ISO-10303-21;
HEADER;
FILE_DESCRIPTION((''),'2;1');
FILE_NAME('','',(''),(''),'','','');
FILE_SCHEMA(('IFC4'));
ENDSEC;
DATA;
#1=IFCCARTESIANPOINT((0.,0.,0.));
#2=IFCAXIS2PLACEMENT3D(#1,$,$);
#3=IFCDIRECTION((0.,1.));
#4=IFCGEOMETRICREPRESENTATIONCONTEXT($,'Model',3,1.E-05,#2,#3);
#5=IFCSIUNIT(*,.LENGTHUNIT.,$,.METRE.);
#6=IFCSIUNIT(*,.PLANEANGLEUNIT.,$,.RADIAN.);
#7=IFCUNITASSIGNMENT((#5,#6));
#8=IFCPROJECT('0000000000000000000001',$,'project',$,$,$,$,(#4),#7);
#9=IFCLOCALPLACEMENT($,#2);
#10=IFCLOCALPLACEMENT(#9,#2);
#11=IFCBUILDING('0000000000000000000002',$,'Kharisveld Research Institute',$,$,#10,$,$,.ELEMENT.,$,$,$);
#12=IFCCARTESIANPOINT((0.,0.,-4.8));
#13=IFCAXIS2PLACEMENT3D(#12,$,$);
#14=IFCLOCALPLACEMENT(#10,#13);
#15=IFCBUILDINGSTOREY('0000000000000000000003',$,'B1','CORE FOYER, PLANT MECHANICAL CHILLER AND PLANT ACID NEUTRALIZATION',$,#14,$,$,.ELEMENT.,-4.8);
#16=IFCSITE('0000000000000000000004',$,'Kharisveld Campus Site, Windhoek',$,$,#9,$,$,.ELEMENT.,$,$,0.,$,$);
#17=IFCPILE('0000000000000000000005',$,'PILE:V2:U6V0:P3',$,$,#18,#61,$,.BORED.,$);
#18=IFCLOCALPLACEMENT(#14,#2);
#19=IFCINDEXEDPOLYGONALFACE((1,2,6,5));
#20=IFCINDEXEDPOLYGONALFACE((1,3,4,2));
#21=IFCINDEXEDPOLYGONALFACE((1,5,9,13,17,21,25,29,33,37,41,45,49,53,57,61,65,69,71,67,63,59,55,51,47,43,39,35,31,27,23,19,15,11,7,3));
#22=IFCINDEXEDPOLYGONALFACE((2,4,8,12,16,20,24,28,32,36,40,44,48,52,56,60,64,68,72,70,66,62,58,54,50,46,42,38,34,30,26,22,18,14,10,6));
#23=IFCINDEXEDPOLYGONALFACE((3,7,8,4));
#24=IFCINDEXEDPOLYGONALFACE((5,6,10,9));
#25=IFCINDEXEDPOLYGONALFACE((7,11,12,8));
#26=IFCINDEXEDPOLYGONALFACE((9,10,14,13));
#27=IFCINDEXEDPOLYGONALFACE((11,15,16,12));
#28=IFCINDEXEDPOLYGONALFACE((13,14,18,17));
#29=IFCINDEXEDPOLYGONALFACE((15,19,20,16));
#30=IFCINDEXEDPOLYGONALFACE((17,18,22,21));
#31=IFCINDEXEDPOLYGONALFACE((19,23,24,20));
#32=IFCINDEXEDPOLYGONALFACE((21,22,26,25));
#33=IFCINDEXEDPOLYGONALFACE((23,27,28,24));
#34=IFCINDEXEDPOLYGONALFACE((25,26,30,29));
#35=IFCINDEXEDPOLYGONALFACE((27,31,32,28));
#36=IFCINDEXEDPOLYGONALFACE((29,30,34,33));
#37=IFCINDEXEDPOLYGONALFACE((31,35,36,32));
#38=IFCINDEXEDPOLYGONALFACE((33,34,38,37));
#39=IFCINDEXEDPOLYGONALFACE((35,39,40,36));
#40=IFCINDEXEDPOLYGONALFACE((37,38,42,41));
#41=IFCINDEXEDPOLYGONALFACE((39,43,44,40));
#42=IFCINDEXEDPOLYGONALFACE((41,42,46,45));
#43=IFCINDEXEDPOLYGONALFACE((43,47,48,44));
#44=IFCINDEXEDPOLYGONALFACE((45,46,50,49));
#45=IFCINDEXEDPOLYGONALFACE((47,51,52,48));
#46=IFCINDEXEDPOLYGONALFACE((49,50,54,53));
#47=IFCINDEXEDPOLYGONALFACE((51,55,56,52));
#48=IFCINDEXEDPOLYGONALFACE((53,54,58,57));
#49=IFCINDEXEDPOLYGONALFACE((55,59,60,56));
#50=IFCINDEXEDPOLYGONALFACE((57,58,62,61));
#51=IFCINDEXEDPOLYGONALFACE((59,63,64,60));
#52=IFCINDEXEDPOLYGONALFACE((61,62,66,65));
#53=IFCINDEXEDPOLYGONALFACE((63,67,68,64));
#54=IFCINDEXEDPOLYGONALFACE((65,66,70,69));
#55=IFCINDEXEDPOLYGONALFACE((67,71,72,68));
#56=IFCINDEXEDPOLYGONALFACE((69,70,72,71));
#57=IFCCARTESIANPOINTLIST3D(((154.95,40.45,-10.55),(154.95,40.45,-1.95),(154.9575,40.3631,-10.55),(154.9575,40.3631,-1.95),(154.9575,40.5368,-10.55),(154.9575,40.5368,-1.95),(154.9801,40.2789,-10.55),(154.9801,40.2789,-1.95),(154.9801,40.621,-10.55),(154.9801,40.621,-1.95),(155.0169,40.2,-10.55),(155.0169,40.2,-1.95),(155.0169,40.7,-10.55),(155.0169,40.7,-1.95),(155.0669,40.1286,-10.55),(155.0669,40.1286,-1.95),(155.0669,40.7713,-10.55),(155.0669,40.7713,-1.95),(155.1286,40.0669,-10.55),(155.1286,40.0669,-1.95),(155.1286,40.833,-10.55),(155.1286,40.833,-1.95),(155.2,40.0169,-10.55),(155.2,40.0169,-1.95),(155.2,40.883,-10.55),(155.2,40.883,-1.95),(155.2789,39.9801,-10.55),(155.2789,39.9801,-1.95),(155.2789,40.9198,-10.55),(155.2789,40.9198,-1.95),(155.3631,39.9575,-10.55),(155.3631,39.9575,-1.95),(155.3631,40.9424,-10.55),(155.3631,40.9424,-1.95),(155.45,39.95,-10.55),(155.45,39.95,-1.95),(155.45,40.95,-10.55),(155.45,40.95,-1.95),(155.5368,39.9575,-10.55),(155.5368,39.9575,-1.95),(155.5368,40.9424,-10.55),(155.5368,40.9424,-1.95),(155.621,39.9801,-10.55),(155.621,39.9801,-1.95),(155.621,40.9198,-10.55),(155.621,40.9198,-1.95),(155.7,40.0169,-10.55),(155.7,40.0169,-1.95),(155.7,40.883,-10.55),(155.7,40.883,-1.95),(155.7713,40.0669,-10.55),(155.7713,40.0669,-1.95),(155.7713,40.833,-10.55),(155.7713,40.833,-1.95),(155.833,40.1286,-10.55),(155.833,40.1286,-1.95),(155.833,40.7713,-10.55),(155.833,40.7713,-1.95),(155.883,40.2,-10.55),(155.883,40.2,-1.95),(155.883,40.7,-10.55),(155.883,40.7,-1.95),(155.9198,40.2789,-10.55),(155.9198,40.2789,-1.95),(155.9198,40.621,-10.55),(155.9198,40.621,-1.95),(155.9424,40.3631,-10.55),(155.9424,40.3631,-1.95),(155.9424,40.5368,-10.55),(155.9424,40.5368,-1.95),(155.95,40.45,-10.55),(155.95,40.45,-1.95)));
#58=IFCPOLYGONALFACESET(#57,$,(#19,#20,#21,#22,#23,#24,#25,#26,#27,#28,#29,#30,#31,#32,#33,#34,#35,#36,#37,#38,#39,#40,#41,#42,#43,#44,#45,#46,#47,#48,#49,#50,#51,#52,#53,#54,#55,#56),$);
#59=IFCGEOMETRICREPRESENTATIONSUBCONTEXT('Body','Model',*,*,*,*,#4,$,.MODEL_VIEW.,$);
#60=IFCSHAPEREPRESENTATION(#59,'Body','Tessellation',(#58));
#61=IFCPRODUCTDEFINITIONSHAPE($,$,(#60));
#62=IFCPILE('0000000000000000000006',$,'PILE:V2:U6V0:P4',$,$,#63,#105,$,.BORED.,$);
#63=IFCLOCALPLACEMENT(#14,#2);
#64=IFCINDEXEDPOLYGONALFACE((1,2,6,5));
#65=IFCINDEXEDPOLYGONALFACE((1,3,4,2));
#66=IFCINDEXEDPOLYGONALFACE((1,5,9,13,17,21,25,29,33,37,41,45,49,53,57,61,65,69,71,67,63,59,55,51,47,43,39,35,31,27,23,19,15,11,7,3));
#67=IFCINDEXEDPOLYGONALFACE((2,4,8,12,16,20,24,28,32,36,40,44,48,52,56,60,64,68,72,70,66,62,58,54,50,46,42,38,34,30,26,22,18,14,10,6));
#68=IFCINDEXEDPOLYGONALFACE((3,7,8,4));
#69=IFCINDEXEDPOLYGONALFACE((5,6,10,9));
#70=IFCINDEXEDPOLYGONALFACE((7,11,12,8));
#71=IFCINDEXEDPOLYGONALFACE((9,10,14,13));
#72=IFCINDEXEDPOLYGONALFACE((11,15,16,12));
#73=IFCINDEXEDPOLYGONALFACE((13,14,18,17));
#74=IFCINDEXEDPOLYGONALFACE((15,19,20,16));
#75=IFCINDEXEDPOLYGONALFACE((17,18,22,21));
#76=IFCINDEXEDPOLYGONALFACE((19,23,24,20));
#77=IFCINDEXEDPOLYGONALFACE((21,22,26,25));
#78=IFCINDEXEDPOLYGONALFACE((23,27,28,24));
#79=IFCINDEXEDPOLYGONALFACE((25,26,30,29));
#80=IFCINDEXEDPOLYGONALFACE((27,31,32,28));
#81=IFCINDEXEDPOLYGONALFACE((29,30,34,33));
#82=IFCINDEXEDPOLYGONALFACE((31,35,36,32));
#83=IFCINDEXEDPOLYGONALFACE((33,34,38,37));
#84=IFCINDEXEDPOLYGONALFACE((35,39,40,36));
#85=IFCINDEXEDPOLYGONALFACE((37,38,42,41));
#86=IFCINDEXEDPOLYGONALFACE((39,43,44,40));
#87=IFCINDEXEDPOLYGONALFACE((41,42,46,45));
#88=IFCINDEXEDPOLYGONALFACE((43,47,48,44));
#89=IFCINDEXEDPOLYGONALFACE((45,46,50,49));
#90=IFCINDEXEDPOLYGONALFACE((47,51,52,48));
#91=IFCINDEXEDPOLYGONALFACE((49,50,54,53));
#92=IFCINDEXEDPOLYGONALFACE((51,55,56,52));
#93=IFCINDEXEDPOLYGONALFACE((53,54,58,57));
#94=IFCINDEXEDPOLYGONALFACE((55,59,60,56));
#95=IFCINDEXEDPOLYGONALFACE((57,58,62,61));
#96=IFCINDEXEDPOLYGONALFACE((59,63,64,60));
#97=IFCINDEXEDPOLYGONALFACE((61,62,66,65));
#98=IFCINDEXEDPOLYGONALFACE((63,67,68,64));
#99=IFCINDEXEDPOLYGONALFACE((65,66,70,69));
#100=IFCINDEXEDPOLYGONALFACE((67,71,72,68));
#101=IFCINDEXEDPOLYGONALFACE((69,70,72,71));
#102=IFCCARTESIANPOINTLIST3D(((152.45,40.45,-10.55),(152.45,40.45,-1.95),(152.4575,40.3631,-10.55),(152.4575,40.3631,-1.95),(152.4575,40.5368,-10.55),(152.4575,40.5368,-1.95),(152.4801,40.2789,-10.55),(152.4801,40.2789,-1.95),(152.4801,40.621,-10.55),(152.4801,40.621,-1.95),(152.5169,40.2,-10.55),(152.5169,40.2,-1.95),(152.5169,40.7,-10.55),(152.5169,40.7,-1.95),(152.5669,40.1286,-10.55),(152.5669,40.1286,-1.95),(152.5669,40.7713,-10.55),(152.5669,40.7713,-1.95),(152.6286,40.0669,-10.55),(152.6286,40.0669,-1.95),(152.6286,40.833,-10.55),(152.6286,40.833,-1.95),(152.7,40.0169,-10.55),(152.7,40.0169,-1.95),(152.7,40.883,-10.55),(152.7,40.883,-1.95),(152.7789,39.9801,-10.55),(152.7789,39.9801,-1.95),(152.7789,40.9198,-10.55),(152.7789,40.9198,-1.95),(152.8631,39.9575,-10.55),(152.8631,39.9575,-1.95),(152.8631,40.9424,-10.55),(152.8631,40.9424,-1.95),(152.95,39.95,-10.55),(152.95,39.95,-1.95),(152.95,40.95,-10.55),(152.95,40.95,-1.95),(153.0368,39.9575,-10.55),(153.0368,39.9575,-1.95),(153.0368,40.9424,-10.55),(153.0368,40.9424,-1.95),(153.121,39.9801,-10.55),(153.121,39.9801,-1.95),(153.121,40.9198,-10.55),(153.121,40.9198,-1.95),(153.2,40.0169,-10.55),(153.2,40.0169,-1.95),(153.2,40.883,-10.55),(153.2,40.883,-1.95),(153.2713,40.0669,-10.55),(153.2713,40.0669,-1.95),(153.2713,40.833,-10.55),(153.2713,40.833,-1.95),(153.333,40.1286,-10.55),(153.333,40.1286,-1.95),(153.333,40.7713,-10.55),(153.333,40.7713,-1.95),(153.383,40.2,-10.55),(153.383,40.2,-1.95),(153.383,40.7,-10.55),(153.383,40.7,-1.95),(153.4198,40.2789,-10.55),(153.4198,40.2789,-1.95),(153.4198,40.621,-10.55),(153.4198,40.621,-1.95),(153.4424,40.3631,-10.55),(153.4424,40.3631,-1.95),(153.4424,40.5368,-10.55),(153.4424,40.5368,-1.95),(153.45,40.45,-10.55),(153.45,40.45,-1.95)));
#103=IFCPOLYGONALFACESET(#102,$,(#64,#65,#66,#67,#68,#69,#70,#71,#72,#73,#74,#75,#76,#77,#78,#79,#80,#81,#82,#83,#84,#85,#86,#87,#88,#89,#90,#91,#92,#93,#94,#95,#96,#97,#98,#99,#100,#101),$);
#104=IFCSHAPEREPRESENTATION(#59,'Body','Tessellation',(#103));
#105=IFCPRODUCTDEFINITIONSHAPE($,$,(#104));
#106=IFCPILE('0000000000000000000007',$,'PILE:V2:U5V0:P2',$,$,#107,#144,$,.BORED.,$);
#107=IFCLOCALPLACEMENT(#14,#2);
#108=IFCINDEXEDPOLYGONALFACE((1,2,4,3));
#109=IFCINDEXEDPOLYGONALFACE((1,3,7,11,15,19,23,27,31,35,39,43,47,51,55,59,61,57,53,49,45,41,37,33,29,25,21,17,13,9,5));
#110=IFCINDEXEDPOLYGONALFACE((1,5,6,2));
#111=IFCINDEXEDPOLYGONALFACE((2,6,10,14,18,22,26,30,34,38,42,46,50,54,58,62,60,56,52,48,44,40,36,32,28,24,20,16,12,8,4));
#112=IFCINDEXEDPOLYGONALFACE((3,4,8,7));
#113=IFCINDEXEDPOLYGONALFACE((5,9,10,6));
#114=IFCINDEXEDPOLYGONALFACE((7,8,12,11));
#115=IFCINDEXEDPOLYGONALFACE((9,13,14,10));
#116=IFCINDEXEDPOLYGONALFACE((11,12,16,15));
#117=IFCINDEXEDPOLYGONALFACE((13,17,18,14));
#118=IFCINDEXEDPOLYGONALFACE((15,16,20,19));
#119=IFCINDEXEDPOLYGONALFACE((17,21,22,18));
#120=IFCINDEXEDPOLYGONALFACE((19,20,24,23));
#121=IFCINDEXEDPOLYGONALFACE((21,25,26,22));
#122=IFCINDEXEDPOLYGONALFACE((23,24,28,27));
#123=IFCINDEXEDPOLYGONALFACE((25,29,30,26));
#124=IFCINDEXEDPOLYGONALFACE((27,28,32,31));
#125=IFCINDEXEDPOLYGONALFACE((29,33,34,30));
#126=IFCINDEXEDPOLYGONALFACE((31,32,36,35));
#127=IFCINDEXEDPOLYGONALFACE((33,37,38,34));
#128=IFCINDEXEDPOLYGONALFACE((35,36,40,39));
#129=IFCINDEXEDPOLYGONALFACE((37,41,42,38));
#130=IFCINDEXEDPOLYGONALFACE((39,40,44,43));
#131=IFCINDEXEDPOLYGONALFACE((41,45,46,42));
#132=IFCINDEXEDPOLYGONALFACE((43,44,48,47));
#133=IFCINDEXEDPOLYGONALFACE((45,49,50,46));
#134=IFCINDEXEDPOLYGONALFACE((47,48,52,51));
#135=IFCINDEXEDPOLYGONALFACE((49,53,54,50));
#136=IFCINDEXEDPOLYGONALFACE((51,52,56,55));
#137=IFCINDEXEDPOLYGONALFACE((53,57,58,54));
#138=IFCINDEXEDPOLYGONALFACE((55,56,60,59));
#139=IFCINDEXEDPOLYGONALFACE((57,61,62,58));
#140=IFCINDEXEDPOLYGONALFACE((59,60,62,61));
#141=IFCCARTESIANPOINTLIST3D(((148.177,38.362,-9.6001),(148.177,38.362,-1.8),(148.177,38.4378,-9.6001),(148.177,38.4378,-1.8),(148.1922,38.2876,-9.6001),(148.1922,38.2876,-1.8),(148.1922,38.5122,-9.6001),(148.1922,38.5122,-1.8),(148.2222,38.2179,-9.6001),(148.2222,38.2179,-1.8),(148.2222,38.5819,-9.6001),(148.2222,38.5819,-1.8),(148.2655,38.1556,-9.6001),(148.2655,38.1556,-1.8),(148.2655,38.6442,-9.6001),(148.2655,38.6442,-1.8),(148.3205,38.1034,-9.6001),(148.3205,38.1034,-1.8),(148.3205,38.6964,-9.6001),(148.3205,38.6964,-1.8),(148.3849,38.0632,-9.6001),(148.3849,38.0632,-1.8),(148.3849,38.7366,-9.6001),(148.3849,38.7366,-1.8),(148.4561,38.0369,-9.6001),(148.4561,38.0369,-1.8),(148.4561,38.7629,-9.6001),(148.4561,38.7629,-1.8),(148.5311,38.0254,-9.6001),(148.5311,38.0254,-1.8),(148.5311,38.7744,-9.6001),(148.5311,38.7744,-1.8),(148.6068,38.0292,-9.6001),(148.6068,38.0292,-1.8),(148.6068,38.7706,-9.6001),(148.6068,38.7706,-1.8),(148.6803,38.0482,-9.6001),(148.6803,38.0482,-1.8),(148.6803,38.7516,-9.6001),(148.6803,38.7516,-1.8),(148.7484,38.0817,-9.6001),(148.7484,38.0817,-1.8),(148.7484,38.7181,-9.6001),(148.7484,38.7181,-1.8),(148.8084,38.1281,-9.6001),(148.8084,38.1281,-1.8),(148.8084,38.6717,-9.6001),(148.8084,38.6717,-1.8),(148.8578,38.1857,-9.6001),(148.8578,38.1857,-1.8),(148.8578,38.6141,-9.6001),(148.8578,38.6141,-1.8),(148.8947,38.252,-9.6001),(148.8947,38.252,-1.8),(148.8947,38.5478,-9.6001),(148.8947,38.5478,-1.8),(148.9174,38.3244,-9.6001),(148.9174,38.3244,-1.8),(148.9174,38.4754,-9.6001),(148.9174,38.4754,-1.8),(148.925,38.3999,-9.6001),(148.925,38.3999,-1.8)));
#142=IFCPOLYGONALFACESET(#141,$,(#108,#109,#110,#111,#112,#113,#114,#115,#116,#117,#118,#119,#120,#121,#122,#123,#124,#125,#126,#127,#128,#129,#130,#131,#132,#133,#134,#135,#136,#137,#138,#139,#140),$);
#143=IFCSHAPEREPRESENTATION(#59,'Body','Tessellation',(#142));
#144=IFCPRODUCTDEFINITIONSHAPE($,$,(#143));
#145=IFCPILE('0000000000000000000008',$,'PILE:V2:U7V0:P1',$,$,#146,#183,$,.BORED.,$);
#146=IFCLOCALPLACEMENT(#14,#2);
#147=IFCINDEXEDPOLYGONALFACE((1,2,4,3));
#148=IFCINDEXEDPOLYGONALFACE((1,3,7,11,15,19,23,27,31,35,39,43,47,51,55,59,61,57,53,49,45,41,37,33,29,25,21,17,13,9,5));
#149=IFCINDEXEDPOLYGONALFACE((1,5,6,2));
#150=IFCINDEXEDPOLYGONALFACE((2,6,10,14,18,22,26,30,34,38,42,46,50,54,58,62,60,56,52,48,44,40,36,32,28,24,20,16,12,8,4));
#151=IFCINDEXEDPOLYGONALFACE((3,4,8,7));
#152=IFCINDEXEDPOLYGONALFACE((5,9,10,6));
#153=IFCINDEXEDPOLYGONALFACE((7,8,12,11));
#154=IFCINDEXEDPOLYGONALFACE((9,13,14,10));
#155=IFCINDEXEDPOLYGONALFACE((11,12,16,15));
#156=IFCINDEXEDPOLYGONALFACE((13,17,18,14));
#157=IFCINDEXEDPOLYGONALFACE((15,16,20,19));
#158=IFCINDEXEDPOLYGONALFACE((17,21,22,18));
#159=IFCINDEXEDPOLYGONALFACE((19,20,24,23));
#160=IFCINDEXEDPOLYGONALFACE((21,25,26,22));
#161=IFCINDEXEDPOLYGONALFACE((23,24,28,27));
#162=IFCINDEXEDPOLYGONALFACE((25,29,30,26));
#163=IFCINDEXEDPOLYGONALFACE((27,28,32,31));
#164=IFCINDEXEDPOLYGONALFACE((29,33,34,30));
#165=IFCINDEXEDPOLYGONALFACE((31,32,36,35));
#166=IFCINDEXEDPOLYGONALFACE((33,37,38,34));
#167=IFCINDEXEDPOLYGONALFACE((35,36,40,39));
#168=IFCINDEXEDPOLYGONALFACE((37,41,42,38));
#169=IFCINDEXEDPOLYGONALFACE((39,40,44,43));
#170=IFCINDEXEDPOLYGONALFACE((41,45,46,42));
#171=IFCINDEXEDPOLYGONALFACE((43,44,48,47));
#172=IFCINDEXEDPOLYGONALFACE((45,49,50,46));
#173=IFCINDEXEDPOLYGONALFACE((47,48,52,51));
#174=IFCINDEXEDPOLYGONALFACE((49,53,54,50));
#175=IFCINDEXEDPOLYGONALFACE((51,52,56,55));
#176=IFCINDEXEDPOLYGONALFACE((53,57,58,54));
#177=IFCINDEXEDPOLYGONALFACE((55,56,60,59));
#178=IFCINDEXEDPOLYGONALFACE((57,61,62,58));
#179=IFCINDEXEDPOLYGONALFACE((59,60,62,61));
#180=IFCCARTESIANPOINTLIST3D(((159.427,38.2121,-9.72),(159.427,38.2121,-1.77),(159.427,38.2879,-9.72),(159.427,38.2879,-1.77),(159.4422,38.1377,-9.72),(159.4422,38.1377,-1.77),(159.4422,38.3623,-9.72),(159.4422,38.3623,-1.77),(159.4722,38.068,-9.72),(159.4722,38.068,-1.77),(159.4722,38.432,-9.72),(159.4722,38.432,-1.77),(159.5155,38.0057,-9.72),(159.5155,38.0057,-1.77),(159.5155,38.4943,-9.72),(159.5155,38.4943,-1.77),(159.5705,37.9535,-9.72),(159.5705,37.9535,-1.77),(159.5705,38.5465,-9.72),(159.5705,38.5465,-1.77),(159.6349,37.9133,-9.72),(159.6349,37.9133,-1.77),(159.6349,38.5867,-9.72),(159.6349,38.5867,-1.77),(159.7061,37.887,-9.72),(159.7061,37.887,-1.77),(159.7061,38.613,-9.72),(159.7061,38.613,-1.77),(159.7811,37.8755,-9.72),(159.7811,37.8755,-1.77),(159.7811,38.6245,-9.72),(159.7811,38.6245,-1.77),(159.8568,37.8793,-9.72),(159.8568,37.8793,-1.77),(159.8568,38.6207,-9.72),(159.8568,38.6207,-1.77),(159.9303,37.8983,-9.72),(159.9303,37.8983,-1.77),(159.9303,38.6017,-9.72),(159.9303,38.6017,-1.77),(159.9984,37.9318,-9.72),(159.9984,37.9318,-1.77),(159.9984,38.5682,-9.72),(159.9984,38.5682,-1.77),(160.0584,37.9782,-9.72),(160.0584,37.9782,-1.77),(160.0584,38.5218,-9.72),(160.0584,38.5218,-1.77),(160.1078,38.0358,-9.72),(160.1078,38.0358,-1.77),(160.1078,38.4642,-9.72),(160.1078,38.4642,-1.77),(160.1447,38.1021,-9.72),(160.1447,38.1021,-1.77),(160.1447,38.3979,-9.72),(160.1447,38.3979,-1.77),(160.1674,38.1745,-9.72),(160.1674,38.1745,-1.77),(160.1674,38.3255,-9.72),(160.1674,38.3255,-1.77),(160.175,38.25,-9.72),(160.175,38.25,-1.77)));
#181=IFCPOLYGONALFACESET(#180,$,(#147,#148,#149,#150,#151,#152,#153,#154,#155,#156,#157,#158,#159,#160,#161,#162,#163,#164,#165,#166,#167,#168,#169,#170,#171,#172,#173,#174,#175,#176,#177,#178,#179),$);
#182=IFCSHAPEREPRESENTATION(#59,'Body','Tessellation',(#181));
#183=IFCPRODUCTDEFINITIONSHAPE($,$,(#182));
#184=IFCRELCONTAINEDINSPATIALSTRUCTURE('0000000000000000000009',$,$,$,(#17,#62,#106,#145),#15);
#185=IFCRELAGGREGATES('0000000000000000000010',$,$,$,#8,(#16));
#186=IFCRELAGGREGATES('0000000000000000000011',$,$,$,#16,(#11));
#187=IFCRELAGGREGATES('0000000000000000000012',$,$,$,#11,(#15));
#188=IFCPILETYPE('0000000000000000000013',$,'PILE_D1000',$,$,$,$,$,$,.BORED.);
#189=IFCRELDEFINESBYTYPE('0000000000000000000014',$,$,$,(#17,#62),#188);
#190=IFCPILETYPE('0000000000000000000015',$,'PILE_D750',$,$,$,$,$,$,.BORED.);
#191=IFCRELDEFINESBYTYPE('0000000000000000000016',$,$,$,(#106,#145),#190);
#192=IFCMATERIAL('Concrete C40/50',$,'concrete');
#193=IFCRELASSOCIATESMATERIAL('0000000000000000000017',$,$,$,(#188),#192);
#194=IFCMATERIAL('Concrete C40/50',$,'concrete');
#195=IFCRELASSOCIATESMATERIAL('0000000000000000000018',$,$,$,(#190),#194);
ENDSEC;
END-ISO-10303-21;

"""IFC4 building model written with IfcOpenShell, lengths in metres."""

from ifc_helpers import new_model, si_unit, direction, frame, origin, origin_2d, place, context, subcontext, project, spatial, circle, extrude, material, material_profile, profile_set, type_object, element, save


model = new_model("IFC4")

# Units and contexts
model_context = context("Model", 3, precision=1e-05, world=origin(), true_north=direction((0.0, 1.0)))
body_context = subcontext(model_context, "Body", "Model", "MODEL_VIEW")
ifc_project = project(units=[si_unit("LENGTHUNIT", "METRE"), si_unit("PLANEANGLEUNIT", "RADIAN")], contexts=[model_context])

# Site, building, storey
site_placement = place(None, origin())
site = spatial("IfcSite", under=ifc_project, at=site_placement, Name="Kharisveld Campus Site, Windhoek", CompositionType="ELEMENT", RefElevation=0.0)
building_placement = place(site_placement, origin())
building = spatial("IfcBuilding", under=site, at=building_placement, Name="Kharisveld Research Institute", CompositionType="ELEMENT")
storey_placement = place(building_placement, frame((0.0, 0.0, -4.8)))
storey = spatial("IfcBuildingStorey", under=building, at=storey_placement, Name="B1", Description="CORE FOYER, PLANT MECHANICAL CHILLER AND PLANT ACID NEUTRALIZATION", CompositionType="ELEMENT", Elevation=-4.8)

# Piles
ifc_material_1 = material(Name="Concrete C40/50", Category="concrete")
ifc_material_profile_1 = material_profile(ifc_material_1, circle(Radius=0.5, at=origin_2d()))
ifc_profile_set_1 = profile_set([ifc_material_profile_1], Name="Concrete C40/50")
pile_type_1 = type_object("IfcPileType", Name="PILE_D1000", PredefinedType="BORED", material=ifc_profile_set_1)
for number, where, z_axis, x_axis, name in (
    (1, (155.45, 40.45, -1.95), (0.0, 0.0, -1.0), (1.0, 0.0, 0.0), "PILE:V2:U6V0:P3"),
    (2, (152.95, 40.45, -1.95), (0.0, 0.0, -1.0), (1.0, 0.0, 0.0), "PILE:V2:U6V0:P4"),
):
    element("IfcPile", number, at=place(storey_placement, frame(where, z_axis=z_axis, x_axis=x_axis)), inside=storey, type_object=pile_type_1, Name=name, PredefinedType="BORED", context=body_context, shape_type="SweptSolid", body=[
        extrude(circle(Radius=0.5, at=origin_2d()), origin(), (0.0, 0.0, 1.0), 8.6001),
    ])
ifc_material_2 = material(Name="Concrete C40/50", Category="concrete")
ifc_material_profile_2 = material_profile(ifc_material_2, circle(Radius=0.375, at=origin_2d()))
ifc_profile_set_2 = profile_set([ifc_material_profile_2], Name="Concrete C40/50")
pile_type_2 = type_object("IfcPileType", Name="PILE_D750", PredefinedType="BORED", material=ifc_profile_set_2)
pile_placement = place(storey_placement, frame((148.55, 38.3999, -1.8), z_axis=(0.0, 0.0, -1.0), x_axis=(1.0, 0.0, 0.0)))
element("IfcPile", 3, at=pile_placement, inside=storey, type_object=pile_type_2, Name="PILE:V2:U5V0:P2", PredefinedType="BORED", context=body_context, shape_type="SweptSolid", body=[
    extrude(circle(Radius=0.375, at=origin_2d()), origin(), (0.0, 0.0, 1.0), 7.8),
])
for number, where, z_axis, x_axis, name in (
    (4, (159.8, 38.25, -1.77), (0.0, 0.0, -1.0), (1.0, 0.0, 0.0), "PILE:V2:U7V0:P1"),
):
    element("IfcPile", number, at=place(storey_placement, frame(where, z_axis=z_axis, x_axis=x_axis)), inside=storey, type_object=pile_type_2, Name=name, PredefinedType="BORED", context=body_context, shape_type="SweptSolid", body=[
        extrude(circle(Radius=0.375, at=origin_2d()), origin(), (0.0, 0.0, 1.0), 7.95),
    ])

save(model, "model.ifc")
